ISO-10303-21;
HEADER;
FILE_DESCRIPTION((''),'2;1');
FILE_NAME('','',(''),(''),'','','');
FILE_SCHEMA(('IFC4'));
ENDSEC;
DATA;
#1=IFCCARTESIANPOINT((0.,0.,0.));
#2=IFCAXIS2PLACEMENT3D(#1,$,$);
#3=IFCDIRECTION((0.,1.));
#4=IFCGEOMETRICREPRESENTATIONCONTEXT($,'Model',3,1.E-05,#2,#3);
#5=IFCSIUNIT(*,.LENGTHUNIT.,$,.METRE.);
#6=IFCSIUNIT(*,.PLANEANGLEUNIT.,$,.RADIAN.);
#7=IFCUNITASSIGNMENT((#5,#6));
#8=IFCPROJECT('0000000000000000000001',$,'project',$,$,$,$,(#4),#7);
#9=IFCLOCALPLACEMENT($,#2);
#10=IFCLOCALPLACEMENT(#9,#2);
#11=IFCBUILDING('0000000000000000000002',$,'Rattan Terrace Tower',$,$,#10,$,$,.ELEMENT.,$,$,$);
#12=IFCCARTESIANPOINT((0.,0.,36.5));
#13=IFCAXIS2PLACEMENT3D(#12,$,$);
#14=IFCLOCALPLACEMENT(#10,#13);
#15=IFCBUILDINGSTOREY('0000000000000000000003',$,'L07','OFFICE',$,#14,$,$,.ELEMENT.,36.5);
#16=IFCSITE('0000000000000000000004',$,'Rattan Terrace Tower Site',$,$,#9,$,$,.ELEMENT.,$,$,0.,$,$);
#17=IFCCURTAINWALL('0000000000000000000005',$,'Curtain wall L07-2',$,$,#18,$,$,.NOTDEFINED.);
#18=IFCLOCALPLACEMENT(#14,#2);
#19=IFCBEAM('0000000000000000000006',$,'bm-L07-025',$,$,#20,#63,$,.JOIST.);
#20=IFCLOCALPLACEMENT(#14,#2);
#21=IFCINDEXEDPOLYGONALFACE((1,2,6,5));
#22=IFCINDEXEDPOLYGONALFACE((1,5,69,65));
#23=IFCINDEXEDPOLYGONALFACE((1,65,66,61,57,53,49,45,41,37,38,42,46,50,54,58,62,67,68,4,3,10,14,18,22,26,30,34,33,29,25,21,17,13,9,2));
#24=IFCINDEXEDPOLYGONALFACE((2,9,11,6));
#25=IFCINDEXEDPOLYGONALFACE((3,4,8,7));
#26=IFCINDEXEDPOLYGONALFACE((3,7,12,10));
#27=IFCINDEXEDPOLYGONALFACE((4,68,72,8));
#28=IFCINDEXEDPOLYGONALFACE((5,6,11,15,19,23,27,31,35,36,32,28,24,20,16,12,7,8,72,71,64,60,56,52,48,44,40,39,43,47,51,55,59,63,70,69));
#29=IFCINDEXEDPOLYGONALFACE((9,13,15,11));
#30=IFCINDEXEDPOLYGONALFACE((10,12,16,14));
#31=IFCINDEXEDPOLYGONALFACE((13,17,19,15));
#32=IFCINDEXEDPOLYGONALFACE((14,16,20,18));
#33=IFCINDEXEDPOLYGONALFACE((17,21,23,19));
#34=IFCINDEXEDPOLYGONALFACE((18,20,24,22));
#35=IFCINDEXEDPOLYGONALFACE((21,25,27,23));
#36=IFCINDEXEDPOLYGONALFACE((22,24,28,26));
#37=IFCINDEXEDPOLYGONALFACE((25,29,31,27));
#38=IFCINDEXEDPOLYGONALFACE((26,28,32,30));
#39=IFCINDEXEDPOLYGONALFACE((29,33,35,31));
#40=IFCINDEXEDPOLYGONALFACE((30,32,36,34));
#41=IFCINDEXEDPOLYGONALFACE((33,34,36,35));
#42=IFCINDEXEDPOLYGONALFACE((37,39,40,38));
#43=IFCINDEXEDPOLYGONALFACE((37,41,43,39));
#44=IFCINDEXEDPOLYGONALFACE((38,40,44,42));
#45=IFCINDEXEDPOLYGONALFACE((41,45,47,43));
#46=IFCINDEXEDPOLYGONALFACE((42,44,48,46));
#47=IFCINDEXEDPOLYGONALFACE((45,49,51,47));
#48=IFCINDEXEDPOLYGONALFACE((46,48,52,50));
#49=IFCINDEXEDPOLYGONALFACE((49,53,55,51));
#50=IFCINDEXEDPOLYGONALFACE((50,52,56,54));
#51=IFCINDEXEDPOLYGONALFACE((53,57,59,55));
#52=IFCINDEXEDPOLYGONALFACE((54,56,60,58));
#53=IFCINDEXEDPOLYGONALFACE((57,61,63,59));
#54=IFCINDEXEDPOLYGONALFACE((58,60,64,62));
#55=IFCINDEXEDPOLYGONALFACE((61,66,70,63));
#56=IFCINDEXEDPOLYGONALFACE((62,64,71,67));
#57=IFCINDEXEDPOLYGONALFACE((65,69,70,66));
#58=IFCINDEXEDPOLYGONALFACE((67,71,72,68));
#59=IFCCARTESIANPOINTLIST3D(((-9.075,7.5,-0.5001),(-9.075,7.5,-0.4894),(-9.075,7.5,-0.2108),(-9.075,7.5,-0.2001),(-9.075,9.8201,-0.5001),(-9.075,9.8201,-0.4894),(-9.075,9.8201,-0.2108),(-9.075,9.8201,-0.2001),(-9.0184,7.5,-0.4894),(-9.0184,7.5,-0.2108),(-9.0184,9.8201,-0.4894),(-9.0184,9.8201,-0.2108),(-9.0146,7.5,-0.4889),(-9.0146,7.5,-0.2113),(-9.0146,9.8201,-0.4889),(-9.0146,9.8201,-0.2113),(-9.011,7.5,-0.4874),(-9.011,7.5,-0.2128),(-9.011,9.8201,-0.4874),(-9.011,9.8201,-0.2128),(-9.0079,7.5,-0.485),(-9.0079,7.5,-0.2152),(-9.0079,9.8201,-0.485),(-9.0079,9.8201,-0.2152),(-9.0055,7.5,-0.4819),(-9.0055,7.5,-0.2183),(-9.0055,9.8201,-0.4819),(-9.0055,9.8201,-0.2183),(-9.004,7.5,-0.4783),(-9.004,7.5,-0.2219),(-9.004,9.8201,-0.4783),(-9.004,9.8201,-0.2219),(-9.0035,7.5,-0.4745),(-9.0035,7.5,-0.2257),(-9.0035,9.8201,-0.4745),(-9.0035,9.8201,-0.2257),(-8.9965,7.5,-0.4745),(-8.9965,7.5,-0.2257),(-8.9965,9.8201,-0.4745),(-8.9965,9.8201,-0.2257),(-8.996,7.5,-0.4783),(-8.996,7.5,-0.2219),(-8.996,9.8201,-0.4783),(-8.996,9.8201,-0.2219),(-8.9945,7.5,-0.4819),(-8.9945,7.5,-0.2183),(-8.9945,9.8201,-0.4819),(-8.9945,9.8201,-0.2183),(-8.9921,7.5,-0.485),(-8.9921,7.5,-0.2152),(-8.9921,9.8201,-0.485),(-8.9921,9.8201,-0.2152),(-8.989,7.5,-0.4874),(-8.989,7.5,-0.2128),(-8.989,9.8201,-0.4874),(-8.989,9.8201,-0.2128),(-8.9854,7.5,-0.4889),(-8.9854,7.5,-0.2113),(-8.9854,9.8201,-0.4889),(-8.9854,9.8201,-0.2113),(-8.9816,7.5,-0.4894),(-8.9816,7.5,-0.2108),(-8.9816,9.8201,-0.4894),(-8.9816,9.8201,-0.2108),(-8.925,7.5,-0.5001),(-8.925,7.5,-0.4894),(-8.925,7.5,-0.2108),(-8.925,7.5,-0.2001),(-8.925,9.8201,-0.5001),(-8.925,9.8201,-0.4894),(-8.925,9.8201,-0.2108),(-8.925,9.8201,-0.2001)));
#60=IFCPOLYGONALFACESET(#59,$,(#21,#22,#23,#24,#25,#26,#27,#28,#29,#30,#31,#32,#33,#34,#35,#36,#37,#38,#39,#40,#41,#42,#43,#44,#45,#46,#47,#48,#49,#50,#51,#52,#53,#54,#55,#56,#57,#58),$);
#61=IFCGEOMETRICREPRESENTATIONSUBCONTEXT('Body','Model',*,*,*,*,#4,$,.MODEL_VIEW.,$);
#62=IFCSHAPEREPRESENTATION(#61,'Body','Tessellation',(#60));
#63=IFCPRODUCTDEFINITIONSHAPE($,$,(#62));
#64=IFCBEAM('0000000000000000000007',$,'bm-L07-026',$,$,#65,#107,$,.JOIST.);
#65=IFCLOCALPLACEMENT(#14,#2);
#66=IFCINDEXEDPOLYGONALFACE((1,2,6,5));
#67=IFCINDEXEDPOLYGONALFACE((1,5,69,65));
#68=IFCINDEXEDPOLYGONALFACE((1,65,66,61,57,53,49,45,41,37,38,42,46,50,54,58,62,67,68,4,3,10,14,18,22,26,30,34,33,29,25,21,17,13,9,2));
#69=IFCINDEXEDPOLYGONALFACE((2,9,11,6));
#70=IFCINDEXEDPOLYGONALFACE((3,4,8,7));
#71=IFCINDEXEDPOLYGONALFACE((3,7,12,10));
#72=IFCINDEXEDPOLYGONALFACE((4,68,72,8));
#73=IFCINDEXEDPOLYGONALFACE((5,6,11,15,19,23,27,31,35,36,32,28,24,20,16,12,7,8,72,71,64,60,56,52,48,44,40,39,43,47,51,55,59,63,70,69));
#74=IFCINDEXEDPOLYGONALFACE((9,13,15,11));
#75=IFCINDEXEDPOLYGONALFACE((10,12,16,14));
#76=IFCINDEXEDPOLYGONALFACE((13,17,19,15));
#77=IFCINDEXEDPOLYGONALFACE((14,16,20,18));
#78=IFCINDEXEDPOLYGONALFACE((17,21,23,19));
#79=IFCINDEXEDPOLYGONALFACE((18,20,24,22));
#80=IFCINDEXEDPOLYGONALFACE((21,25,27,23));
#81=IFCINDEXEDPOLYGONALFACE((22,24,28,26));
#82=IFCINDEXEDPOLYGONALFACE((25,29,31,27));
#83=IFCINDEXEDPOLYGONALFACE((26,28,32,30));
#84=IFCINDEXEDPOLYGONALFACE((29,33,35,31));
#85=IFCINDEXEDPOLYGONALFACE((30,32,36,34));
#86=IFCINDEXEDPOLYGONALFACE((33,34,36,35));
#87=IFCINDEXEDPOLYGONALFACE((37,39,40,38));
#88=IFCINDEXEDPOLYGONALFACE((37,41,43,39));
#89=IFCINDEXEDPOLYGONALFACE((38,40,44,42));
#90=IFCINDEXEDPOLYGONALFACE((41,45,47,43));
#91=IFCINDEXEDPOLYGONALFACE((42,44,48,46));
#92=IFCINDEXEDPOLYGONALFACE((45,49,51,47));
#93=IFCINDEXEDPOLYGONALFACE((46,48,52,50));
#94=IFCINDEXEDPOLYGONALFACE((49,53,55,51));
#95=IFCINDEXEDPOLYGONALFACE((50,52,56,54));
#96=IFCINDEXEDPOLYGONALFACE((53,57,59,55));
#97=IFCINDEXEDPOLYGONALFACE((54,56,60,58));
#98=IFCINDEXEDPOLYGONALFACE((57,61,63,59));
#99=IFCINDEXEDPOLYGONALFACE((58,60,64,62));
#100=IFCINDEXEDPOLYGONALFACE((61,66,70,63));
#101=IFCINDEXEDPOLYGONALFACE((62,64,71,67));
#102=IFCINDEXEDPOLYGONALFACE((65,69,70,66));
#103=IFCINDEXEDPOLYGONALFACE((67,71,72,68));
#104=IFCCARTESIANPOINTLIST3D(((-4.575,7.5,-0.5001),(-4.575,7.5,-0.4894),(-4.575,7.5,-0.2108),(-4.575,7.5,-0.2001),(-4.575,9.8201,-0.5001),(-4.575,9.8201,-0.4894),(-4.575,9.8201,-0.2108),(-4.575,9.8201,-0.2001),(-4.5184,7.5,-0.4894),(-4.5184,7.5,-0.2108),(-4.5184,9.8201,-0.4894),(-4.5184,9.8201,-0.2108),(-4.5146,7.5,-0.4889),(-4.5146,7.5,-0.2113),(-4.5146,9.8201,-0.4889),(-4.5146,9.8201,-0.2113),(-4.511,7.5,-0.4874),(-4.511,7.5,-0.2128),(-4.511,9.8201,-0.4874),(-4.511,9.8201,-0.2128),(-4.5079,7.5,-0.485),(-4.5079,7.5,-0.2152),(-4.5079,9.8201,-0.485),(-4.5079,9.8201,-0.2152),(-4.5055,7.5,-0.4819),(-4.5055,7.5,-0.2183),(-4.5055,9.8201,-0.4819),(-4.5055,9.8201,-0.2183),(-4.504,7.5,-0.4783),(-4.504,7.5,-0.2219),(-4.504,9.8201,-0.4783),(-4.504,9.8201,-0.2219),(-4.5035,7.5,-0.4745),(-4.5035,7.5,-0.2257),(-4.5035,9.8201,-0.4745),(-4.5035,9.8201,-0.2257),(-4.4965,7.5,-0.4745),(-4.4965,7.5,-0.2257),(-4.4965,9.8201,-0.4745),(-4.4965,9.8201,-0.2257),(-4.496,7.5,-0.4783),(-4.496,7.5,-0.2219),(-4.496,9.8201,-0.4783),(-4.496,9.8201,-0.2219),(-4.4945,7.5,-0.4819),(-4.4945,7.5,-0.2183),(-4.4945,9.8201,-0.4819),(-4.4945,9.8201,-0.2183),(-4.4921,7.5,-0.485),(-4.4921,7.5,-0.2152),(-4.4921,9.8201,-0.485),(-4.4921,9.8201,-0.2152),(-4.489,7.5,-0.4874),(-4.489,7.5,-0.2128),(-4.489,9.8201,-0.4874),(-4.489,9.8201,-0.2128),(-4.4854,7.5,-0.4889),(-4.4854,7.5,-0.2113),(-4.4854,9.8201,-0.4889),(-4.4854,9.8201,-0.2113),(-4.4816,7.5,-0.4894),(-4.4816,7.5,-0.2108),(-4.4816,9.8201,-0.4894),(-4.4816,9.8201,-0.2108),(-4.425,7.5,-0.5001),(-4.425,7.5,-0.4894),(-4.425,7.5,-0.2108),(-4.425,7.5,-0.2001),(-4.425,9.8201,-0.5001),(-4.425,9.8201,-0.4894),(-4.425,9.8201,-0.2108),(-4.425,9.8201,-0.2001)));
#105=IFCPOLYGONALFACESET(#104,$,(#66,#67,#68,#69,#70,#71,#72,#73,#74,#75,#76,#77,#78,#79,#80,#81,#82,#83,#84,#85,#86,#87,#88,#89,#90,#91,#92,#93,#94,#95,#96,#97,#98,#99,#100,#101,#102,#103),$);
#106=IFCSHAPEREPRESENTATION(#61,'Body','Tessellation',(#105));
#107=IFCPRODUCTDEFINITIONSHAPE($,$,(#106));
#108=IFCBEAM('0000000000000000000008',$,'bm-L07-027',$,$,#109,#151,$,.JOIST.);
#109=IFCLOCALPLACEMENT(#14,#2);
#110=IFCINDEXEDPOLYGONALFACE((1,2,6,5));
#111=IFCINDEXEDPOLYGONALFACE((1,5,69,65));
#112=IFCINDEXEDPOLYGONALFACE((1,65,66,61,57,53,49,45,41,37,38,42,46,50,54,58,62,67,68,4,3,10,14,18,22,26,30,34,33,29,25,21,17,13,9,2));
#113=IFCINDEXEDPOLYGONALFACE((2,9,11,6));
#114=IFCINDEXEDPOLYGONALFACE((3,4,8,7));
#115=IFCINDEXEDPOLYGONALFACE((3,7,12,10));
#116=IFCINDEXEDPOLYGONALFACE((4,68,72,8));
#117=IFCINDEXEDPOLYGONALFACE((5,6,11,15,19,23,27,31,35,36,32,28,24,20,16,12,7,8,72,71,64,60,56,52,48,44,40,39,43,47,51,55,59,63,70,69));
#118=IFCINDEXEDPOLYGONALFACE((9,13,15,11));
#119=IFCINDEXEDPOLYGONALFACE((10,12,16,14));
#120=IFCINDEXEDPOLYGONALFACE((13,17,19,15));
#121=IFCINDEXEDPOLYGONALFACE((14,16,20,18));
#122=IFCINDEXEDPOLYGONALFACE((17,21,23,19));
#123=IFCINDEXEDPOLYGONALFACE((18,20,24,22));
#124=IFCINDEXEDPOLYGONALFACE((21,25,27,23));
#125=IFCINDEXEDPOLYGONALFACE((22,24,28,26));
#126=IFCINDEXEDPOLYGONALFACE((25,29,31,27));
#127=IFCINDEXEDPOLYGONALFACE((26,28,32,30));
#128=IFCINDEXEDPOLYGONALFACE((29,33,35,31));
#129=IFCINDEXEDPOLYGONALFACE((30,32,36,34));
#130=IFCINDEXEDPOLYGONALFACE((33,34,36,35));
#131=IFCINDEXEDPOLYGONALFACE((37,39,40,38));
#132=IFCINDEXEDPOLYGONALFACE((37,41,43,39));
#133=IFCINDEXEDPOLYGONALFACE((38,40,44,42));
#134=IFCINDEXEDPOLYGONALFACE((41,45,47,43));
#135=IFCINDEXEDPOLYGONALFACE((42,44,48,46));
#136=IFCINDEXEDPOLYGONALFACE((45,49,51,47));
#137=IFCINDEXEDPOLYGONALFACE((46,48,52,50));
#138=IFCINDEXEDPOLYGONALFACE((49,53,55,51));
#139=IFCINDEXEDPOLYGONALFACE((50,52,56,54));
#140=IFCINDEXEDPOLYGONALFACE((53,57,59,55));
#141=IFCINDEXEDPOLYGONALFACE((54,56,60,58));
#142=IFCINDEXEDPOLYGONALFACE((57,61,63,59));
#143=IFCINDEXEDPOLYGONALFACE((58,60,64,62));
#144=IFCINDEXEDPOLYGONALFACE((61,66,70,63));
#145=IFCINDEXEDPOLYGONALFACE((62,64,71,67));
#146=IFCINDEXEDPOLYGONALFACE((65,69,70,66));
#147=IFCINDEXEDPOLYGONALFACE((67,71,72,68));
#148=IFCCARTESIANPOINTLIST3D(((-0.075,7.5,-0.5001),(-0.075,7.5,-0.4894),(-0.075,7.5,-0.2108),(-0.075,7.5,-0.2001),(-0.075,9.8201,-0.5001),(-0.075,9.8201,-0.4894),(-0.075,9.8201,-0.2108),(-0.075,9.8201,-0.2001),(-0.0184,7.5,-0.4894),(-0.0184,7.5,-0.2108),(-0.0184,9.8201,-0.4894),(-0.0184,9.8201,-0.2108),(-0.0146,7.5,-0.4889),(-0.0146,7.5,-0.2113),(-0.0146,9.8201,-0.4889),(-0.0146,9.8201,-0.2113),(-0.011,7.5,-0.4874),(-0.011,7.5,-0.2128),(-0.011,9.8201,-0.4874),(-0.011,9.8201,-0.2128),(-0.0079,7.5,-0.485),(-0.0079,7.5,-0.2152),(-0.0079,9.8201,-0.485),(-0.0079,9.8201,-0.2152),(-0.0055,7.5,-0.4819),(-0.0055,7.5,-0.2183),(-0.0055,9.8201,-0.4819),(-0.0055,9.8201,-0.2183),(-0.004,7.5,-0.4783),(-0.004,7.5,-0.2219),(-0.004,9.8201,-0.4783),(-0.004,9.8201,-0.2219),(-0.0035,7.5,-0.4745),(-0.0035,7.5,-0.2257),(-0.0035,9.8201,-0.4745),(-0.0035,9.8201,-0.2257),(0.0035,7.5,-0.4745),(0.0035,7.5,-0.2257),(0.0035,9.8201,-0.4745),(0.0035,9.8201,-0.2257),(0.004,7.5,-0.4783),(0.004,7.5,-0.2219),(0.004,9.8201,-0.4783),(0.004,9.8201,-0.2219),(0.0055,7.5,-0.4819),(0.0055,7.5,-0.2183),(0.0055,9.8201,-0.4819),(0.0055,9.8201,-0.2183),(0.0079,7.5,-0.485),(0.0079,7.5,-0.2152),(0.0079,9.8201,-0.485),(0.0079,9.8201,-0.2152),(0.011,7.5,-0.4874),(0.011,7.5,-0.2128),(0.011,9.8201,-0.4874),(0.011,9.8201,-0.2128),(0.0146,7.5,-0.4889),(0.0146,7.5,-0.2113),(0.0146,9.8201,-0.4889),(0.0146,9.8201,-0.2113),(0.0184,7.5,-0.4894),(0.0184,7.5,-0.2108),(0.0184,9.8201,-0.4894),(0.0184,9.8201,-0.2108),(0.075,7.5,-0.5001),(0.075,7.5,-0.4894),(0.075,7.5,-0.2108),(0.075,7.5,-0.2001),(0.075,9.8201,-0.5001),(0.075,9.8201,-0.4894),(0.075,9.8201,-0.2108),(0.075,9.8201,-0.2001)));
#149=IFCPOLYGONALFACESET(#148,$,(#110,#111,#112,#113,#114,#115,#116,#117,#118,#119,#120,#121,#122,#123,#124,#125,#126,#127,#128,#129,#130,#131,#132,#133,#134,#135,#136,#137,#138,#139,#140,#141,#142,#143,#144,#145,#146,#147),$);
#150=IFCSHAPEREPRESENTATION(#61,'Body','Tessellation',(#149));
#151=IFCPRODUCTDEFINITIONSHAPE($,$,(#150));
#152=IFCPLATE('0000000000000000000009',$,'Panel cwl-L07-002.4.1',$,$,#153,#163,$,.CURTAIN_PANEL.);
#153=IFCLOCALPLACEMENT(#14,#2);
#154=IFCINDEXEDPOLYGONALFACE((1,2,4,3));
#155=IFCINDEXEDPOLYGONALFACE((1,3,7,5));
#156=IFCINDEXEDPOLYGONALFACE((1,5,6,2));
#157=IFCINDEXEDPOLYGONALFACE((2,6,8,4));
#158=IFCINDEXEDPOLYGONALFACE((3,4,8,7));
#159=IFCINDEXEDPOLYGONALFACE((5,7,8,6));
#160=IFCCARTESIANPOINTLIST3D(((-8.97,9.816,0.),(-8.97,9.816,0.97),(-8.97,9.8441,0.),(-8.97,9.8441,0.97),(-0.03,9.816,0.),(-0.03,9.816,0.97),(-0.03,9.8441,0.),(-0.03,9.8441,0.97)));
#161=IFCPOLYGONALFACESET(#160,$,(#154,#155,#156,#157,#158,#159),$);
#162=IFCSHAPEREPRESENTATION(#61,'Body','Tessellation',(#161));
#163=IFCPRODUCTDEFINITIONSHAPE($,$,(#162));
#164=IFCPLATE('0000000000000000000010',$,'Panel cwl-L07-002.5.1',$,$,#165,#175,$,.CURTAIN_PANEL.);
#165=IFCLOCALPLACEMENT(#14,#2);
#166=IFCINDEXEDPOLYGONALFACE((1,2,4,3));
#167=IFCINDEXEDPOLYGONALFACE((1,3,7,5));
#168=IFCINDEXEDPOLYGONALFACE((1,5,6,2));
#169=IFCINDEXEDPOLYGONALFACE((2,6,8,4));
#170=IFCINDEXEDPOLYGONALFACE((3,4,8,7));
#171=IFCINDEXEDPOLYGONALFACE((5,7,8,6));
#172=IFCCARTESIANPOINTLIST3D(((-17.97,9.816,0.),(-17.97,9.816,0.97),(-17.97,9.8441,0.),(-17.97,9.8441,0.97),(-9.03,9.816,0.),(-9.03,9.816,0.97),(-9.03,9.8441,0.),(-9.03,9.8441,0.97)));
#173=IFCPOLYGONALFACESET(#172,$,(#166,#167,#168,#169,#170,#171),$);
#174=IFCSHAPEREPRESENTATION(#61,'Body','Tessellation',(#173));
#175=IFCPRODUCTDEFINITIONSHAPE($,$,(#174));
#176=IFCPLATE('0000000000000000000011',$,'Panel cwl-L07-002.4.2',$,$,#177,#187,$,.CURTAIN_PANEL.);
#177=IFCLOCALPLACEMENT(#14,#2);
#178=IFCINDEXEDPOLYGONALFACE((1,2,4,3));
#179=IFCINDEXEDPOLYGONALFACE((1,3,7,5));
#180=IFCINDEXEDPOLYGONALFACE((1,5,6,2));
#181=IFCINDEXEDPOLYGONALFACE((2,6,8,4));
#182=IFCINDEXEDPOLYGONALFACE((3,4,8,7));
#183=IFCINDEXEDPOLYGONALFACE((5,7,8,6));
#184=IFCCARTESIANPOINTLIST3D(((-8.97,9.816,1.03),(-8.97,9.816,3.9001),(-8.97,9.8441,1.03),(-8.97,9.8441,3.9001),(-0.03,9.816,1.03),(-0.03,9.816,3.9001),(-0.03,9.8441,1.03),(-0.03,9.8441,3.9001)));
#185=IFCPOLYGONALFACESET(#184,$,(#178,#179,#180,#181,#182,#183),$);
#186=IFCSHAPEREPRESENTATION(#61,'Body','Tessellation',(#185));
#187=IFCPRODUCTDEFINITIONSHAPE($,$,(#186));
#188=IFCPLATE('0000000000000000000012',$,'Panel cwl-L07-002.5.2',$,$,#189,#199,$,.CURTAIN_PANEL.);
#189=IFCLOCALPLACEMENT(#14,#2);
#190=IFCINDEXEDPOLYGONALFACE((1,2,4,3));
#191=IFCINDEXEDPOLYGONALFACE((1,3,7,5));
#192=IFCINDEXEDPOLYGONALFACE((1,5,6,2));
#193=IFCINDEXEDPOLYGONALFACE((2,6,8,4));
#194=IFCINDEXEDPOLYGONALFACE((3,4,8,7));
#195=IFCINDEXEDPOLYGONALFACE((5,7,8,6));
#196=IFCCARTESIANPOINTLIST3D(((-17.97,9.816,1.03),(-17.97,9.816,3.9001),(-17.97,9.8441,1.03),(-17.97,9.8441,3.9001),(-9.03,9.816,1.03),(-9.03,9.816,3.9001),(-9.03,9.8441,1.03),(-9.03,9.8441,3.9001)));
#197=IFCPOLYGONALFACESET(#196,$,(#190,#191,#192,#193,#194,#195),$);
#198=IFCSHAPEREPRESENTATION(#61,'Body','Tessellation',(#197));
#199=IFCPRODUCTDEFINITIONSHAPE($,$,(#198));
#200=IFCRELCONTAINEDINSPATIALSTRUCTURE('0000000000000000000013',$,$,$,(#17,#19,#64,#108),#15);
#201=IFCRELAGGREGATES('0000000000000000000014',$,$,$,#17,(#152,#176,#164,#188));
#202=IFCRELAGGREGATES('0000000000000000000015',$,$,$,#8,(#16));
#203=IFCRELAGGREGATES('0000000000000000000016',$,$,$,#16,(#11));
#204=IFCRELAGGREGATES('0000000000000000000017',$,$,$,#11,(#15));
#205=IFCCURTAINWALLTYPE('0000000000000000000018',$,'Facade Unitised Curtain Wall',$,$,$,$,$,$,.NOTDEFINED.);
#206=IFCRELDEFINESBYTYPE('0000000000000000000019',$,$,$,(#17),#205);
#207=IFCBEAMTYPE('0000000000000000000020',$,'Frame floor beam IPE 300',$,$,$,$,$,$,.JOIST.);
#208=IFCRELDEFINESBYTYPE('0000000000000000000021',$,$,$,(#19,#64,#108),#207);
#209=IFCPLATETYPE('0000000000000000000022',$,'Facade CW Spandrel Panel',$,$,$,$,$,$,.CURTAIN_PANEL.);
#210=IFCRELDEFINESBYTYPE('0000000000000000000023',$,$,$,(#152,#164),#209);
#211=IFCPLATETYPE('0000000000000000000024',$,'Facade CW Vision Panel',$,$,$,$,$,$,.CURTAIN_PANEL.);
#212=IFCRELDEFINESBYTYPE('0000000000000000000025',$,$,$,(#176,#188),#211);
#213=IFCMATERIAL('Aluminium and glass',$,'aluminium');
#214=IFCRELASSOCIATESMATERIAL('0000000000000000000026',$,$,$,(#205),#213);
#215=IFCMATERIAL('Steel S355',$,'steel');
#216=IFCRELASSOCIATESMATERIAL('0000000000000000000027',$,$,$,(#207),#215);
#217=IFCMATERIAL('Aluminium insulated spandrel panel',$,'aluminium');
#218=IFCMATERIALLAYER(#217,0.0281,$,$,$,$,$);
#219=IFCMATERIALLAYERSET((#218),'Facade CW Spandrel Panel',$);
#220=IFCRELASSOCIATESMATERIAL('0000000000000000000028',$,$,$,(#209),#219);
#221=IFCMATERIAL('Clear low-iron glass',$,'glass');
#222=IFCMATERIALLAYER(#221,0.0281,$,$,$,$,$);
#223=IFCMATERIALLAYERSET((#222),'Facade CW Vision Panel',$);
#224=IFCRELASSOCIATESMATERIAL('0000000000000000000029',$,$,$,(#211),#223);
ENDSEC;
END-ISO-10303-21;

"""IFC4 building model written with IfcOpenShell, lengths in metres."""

from ifc_helpers import new_model, si_unit, direction, frame, origin, origin_2d, place, context, subcontext, project, spatial, rectangle, i_section, extrude, material, layer, layer_set, material_profile, profile_set, type_object, element, aggregate, save


model = new_model("IFC4")

# Units and contexts
model_context = context("Model", 3, precision=1e-05, world=origin(), true_north=direction((0.0, 1.0)))
body_context = subcontext(model_context, "Body", "Model", "MODEL_VIEW")
ifc_project = project(units=[si_unit("LENGTHUNIT", "METRE"), si_unit("PLANEANGLEUNIT", "RADIAN")], contexts=[model_context])

# Site, building, storey
site_placement = place(None, origin())
site = spatial("IfcSite", under=ifc_project, at=site_placement, Name="Rattan Terrace Tower Site", CompositionType="ELEMENT", RefElevation=0.0)
building_placement = place(site_placement, origin())
building = spatial("IfcBuilding", under=site, at=building_placement, Name="Rattan Terrace Tower", CompositionType="ELEMENT")
storey_placement = place(building_placement, frame((0.0, 0.0, 36.5)))
storey = spatial("IfcBuildingStorey", under=building, at=storey_placement, Name="L07", Description="OFFICE", CompositionType="ELEMENT", Elevation=36.5)

# Curtain wall
ifc_material_1 = material(Name="Aluminium and glass", Category="aluminium")
curtain_wall_type = type_object("IfcCurtainWallType", Name="Facade Unitised Curtain Wall", PredefinedType="NOTDEFINED", material=ifc_material_1)
curtain_wall_placement = place(storey_placement, origin())
curtain_wall = element("IfcCurtainWall", 1, at=curtain_wall_placement, inside=storey, type_object=curtain_wall_type, Name="Curtain wall L07-2", PredefinedType="NOTDEFINED")

# Beams
ifc_material_2 = material(Name="Steel S355", Category="steel")
ifc_material_profile_1 = material_profile(ifc_material_2, i_section(OverallWidth=0.1499, OverallDepth=0.3, WebThickness=0.0071, FlangeThickness=0.0107, FilletRadius=0.0149, at=origin_2d()), Name="IPE 300")
ifc_profile_set_1 = profile_set([ifc_material_profile_1], Name="Steel S355")
beam_type_1 = type_object("IfcBeamType", Name="Frame floor beam IPE 300", PredefinedType="JOIST", material=ifc_profile_set_1)
for number, where, z_axis, x_axis, name in (
    (2, (-9.0, 7.5, -0.3501), (0.0, 1.0, 0.0), (-1.0, 0.0, 0.0), "bm-L07-025"),
    (3, (-4.5, 7.5, -0.3501), (0.0, 1.0, 0.0), (-1.0, 0.0, 0.0), "bm-L07-026"),
    (4, (0.0, 7.5, -0.3501), (0.0, 1.0, 0.0), (-1.0, 0.0, 0.0), "bm-L07-027"),
):
    element("IfcBeam", number, at=place(storey_placement, frame(where, z_axis=z_axis, x_axis=x_axis)), inside=storey, type_object=beam_type_1, Name=name, PredefinedType="JOIST", context=body_context, shape_type="SweptSolid", body=[
        extrude(i_section(OverallWidth=0.1499, OverallDepth=0.3, WebThickness=0.0071, FlangeThickness=0.0107, FilletRadius=0.0149, at=origin_2d()), origin(), (0.0, 0.0, 1.0), 2.3201),
    ])

# Plates
ifc_material_3 = material(Name="Aluminium insulated spandrel panel", Category="aluminium")
ifc_layer_1 = layer(ifc_material_3, 0.0281)
ifc_layer_set_1 = layer_set([ifc_layer_1], Name="Facade CW Spandrel Panel")
plate_type_1 = type_object("IfcPlateType", Name="Facade CW Spandrel Panel", PredefinedType="CURTAIN_PANEL", material=ifc_layer_set_1)
plate_1_placement = place(storey_placement, frame((-4.5, 9.8301, 0.0), z_axis=(0.0, 0.0, 1.0), x_axis=(-1.0, 0.0, 0.0)))
plate_1 = element("IfcPlate", 5, at=plate_1_placement, type_object=plate_type_1, Name="Panel cwl-L07-002.4.1", PredefinedType="CURTAIN_PANEL", context=body_context, shape_type="SweptSolid", body=[
    extrude(rectangle(XDim=8.9399, YDim=0.0281, at=origin_2d()), origin(), (0.0, 0.0, 1.0), 0.97),
])
plate_2_placement = place(storey_placement, frame((-13.5, 9.8301, 0.0), z_axis=(0.0, 0.0, 1.0), x_axis=(-1.0, 0.0, 0.0)))
plate_2 = element("IfcPlate", 6, at=plate_2_placement, type_object=plate_type_1, Name="Panel cwl-L07-002.5.1", PredefinedType="CURTAIN_PANEL", context=body_context, shape_type="SweptSolid", body=[
    extrude(rectangle(XDim=8.9399, YDim=0.0281, at=origin_2d()), origin(), (0.0, 0.0, 1.0), 0.97),
])
ifc_material_4 = material(Name="Clear low-iron glass", Category="glass")
ifc_layer_2 = layer(ifc_material_4, 0.0281)
ifc_layer_set_2 = layer_set([ifc_layer_2], Name="Facade CW Vision Panel")
plate_type_2 = type_object("IfcPlateType", Name="Facade CW Vision Panel", PredefinedType="CURTAIN_PANEL", material=ifc_layer_set_2)
plate_3_placement = place(storey_placement, frame((-4.5, 9.8301, 1.03), z_axis=(0.0, 0.0, 1.0), x_axis=(-1.0, 0.0, 0.0)))
plate_3 = element("IfcPlate", 7, at=plate_3_placement, type_object=plate_type_2, Name="Panel cwl-L07-002.4.2", PredefinedType="CURTAIN_PANEL", context=body_context, shape_type="SweptSolid", body=[
    extrude(rectangle(XDim=8.9399, YDim=0.0281, at=origin_2d()), origin(), (0.0, 0.0, 1.0), 2.8701),
])
plate_4_placement = place(storey_placement, frame((-13.5, 9.8301, 1.03), z_axis=(0.0, 0.0, 1.0), x_axis=(-1.0, 0.0, 0.0)))
plate_4 = element("IfcPlate", 8, at=plate_4_placement, type_object=plate_type_2, Name="Panel cwl-L07-002.5.2", PredefinedType="CURTAIN_PANEL", context=body_context, shape_type="SweptSolid", body=[
    extrude(rectangle(XDim=8.9399, YDim=0.0281, at=origin_2d()), origin(), (0.0, 0.0, 1.0), 2.8701),
])
aggregate(curtain_wall, [plate_1, plate_3, plate_2, plate_4])

save(model, "model.ifc")
